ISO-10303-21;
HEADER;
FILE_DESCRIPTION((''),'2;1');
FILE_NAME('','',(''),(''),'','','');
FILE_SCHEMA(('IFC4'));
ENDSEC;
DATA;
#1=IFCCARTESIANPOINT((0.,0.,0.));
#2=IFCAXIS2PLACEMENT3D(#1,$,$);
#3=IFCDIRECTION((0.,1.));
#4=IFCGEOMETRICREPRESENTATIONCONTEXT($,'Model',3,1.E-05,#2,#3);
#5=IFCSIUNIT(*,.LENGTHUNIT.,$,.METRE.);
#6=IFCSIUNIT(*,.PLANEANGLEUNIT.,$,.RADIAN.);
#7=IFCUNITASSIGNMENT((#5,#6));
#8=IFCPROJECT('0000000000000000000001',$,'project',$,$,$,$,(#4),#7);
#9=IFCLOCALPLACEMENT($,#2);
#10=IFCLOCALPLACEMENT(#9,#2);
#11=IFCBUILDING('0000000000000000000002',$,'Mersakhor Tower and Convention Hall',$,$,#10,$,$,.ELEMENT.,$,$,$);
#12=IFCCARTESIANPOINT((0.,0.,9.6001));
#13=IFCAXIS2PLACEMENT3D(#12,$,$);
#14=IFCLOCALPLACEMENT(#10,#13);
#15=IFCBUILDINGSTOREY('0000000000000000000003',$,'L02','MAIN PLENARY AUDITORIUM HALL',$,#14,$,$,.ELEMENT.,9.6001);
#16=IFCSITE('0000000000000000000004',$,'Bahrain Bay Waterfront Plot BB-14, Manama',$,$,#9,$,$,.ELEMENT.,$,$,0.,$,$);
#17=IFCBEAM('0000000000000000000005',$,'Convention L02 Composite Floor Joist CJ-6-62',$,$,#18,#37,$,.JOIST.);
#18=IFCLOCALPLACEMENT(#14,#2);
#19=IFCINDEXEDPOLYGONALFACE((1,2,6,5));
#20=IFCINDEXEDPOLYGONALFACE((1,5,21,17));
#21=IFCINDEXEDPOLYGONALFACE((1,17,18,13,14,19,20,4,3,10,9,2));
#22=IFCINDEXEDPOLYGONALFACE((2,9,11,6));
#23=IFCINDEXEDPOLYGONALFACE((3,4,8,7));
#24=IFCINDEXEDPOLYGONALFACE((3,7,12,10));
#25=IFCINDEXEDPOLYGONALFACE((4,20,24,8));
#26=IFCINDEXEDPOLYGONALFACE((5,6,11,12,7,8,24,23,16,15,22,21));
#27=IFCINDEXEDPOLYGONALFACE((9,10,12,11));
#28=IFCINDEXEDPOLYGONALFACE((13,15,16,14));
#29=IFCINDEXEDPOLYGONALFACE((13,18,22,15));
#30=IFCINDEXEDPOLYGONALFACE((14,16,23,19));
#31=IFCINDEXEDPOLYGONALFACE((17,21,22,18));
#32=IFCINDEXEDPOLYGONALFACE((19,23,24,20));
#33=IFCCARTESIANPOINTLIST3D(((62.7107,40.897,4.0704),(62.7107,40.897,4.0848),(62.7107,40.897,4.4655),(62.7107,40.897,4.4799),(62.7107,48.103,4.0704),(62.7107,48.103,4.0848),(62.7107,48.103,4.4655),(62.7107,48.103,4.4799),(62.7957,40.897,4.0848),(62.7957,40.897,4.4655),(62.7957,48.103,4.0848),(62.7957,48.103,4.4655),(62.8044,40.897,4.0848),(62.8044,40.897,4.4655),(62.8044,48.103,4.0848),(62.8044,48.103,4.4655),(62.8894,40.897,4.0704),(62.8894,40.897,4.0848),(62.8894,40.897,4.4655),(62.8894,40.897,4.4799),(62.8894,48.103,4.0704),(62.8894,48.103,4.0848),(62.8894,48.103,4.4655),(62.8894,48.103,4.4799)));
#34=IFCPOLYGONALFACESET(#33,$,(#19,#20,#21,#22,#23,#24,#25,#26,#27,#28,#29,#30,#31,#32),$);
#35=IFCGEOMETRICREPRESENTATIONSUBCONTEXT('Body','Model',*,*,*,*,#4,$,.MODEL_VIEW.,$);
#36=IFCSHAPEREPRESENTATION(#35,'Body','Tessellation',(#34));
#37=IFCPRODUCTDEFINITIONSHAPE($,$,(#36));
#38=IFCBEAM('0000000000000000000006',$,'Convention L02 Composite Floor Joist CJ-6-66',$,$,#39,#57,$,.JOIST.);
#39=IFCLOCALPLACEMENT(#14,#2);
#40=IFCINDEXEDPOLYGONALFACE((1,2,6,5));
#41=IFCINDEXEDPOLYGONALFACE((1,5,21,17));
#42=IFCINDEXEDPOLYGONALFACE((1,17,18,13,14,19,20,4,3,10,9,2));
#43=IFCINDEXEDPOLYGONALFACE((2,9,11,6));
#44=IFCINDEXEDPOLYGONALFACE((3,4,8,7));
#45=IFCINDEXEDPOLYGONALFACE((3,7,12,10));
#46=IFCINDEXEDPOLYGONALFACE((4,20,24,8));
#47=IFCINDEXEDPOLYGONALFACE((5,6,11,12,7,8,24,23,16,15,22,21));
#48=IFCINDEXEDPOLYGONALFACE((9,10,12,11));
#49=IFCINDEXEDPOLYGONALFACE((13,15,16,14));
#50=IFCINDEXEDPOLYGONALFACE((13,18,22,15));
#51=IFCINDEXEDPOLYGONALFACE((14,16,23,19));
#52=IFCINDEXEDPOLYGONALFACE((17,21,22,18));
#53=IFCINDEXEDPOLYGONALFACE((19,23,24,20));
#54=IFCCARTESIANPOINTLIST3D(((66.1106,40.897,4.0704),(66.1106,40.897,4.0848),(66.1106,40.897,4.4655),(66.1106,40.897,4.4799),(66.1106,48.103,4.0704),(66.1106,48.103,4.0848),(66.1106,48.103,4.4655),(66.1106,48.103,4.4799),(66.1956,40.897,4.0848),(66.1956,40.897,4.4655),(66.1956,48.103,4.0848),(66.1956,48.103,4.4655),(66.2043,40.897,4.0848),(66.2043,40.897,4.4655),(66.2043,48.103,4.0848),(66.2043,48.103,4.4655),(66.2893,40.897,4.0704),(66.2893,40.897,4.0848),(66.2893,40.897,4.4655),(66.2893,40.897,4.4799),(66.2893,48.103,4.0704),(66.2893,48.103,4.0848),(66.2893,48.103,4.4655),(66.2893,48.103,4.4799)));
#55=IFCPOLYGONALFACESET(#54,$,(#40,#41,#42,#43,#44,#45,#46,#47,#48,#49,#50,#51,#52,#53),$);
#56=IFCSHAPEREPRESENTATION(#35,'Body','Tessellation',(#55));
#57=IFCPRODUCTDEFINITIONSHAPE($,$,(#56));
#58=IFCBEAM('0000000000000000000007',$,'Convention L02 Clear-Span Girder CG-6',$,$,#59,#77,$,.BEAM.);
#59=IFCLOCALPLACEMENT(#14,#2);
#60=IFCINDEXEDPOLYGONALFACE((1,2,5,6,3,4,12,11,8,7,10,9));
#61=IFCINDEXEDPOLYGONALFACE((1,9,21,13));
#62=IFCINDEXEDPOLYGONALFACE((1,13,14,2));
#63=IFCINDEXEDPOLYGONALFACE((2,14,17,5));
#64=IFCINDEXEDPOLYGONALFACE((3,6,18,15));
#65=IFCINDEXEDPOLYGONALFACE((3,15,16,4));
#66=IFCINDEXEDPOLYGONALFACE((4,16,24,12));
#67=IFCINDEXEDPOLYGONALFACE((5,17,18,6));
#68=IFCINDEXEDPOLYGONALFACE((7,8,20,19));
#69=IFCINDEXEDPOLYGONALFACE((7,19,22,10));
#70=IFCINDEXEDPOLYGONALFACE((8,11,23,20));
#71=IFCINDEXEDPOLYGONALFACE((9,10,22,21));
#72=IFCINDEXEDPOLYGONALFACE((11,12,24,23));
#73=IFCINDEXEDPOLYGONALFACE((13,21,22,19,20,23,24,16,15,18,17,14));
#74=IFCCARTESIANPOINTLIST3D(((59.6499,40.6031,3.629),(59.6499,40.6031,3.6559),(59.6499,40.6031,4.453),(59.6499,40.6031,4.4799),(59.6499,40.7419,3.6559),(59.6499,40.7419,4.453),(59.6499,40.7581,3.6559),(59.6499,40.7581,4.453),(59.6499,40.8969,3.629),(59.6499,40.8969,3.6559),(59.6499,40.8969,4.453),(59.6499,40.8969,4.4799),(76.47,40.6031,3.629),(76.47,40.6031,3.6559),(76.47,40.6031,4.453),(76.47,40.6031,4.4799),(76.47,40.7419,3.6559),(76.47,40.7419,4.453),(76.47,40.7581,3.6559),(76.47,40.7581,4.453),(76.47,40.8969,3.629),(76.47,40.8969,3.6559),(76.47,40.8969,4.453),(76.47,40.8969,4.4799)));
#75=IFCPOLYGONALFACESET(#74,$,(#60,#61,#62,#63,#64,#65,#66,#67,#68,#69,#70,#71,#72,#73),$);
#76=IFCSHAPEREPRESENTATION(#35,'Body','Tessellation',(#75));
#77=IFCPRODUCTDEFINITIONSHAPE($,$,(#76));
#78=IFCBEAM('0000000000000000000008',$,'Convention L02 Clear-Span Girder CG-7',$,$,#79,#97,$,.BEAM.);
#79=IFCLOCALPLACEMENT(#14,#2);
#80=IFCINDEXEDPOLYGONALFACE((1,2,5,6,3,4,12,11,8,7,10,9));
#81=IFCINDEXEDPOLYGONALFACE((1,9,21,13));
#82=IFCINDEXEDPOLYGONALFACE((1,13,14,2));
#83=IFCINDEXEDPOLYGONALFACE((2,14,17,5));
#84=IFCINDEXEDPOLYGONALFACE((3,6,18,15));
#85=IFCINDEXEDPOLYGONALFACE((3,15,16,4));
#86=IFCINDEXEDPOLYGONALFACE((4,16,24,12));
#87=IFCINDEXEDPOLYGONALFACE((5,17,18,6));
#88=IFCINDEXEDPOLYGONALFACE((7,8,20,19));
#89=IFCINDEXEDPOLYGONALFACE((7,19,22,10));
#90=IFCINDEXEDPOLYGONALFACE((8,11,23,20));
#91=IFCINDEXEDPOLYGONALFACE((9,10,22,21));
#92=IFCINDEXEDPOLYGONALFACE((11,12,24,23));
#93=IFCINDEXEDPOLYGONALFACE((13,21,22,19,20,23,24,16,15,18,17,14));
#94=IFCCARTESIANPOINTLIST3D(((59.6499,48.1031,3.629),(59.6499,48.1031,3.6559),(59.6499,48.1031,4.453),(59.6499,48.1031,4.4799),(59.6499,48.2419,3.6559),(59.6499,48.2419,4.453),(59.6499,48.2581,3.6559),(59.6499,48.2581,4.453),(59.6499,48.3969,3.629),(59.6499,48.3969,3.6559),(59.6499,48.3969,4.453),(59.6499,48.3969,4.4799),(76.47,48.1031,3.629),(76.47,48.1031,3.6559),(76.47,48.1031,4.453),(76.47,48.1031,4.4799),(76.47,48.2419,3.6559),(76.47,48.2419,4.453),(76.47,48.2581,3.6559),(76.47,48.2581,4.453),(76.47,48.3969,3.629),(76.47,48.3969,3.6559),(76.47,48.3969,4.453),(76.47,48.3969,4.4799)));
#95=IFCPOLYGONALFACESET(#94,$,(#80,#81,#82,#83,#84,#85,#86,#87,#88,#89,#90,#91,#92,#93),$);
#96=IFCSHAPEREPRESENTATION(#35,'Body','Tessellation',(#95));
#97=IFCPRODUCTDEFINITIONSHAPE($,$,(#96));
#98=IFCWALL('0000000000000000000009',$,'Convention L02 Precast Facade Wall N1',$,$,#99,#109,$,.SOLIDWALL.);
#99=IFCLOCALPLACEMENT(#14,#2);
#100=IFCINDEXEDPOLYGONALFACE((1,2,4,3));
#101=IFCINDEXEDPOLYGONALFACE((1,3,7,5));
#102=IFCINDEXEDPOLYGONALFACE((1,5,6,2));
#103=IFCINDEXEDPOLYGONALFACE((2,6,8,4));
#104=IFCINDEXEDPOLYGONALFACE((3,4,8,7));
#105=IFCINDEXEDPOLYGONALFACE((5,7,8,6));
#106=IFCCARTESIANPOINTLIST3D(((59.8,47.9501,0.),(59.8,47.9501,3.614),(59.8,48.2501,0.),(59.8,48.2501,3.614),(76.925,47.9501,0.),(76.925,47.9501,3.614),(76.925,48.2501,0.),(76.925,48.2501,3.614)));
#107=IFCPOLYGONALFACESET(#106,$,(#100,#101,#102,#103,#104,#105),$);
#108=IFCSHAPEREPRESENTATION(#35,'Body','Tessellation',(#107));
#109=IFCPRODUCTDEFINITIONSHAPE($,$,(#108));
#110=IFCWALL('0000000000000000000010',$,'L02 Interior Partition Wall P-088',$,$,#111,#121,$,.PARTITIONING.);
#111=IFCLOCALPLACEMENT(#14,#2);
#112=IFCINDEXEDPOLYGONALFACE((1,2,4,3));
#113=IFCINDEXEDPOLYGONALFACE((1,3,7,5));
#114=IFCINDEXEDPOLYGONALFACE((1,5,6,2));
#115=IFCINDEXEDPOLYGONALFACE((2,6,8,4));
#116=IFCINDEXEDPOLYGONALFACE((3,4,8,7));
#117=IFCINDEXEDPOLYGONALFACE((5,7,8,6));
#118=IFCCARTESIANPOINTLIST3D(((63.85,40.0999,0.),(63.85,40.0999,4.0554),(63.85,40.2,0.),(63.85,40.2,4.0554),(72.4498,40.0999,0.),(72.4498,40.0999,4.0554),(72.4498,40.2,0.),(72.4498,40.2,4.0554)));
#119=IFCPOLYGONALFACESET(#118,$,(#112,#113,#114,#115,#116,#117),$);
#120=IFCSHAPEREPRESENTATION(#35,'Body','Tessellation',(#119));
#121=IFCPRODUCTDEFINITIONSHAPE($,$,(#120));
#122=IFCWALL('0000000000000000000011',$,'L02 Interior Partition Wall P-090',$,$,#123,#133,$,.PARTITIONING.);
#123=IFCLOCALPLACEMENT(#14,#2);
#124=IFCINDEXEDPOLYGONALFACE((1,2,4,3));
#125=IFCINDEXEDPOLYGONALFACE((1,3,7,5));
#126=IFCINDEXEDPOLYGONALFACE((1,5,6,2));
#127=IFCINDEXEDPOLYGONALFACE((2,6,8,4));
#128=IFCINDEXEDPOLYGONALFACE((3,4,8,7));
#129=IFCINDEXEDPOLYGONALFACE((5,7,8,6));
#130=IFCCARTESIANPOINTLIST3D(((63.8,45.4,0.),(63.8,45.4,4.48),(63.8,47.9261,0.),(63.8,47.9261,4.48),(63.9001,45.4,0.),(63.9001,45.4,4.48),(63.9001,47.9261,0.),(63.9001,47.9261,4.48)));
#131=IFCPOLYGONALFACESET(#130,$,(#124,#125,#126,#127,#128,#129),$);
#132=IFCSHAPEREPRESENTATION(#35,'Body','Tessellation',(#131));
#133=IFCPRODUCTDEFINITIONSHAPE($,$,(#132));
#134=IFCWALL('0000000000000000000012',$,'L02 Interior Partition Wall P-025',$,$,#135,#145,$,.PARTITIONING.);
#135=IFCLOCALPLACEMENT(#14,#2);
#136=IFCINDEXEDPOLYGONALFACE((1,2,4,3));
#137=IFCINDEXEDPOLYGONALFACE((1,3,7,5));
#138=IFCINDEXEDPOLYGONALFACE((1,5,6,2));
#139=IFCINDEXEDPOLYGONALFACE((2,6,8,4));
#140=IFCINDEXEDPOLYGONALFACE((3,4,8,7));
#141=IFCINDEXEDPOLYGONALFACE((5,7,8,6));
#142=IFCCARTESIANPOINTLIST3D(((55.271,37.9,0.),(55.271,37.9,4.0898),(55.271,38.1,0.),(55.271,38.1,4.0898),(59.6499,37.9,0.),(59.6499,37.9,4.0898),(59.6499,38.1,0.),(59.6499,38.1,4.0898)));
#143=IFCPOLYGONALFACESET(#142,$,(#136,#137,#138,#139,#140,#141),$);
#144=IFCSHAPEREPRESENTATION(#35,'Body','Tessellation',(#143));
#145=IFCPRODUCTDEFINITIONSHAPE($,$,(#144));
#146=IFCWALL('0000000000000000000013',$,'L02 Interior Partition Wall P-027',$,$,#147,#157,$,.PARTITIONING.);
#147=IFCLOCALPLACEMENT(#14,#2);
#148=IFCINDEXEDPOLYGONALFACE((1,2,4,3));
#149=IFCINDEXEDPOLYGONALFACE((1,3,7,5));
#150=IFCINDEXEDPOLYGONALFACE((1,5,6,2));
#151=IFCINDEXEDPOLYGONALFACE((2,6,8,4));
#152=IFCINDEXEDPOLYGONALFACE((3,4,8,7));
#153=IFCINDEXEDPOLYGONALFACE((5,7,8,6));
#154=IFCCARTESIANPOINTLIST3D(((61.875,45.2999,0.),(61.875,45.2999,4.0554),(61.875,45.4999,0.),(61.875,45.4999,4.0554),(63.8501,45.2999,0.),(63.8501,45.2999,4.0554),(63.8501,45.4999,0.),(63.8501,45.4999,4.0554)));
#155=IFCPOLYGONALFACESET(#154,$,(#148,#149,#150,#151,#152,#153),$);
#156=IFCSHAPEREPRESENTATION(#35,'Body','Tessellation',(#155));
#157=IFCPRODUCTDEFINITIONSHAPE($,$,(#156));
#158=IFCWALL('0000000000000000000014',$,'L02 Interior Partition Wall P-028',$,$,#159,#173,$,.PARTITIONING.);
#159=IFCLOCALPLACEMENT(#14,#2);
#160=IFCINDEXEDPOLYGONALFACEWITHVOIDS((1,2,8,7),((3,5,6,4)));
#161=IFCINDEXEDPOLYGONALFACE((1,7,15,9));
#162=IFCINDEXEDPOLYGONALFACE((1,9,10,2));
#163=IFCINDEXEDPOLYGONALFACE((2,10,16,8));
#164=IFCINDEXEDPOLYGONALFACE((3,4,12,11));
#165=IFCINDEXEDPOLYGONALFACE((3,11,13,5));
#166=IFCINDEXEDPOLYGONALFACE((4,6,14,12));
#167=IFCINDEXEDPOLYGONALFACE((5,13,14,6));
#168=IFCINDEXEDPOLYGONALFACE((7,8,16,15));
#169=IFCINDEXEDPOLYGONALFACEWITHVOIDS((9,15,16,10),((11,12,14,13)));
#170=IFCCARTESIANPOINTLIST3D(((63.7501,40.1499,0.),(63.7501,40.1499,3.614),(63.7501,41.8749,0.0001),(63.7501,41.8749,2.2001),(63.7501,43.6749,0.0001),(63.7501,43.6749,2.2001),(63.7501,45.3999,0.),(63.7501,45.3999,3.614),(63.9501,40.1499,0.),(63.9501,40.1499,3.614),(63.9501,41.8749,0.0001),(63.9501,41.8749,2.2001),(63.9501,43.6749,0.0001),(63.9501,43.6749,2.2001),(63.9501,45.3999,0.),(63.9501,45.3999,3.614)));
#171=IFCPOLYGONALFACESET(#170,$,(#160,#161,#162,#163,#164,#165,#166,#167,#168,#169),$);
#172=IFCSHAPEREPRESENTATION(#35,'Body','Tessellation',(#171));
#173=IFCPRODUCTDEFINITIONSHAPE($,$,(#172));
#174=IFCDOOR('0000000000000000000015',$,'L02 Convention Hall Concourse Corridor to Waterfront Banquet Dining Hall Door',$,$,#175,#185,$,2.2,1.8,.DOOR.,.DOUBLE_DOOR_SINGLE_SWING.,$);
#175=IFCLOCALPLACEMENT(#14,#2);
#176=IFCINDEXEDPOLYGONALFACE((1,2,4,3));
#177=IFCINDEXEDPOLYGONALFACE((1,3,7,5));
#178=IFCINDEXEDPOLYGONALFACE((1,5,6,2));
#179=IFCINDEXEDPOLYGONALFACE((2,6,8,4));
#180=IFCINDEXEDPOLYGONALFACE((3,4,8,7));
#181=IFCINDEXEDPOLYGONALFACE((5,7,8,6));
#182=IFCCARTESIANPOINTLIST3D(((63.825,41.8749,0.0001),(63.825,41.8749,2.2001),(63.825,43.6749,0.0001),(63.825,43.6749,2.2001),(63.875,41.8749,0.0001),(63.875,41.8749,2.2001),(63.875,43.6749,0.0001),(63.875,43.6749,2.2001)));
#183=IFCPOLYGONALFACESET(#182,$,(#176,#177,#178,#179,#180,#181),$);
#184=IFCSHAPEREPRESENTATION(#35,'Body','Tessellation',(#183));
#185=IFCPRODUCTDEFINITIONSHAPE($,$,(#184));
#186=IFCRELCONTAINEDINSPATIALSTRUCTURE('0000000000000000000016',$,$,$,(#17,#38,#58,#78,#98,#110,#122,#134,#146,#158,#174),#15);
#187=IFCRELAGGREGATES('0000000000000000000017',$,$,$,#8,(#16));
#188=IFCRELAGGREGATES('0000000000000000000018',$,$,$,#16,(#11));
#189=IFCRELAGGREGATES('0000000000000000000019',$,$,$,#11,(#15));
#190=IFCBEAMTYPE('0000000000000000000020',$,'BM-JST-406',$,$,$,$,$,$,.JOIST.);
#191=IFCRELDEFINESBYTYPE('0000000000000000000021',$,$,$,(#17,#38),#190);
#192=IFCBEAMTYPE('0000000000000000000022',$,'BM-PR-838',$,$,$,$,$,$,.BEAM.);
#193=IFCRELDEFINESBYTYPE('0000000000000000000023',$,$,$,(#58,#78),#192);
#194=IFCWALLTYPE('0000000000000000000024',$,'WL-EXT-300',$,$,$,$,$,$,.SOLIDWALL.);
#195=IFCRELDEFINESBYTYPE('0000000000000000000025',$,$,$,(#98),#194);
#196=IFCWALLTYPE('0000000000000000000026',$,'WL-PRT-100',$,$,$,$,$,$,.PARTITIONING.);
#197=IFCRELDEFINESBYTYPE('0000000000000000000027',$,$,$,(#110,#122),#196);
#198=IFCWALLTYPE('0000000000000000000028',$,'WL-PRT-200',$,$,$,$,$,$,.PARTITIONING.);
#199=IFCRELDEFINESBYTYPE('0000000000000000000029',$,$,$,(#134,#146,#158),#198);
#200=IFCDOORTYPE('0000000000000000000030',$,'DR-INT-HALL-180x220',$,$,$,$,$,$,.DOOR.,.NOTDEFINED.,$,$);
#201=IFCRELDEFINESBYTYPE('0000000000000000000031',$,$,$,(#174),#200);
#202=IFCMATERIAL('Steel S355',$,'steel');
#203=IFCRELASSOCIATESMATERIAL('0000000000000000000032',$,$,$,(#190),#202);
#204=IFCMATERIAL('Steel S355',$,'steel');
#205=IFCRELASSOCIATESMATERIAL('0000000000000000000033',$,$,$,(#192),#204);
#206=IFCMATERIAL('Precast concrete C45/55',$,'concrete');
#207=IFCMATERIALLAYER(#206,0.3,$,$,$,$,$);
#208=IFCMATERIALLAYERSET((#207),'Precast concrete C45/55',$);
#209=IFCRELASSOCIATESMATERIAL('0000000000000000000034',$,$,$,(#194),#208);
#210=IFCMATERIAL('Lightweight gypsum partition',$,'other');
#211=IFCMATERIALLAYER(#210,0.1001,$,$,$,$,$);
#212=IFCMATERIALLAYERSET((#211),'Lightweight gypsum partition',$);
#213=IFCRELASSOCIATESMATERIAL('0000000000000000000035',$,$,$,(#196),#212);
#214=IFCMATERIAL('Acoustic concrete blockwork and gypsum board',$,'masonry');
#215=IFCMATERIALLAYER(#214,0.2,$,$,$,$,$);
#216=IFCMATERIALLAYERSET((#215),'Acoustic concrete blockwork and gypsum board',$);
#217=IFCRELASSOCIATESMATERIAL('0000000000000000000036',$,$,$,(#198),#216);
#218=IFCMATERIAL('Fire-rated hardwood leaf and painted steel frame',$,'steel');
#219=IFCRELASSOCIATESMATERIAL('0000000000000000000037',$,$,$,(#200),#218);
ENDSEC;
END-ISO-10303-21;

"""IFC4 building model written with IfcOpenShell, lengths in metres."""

from ifc_helpers import new_model, si_unit, direction, frame, frame_2d, origin, origin_2d, place, context, subcontext, project, spatial, rectangle, i_section, extrude, material, layer, layer_set, material_profile, profile_set, type_object, element, fill, save


model = new_model("IFC4")

# Units and contexts
model_context = context("Model", 3, precision=1e-05, world=origin(), true_north=direction((0.0, 1.0)))
body_context = subcontext(model_context, "Body", "Model", "MODEL_VIEW")
ifc_project = project(units=[si_unit("LENGTHUNIT", "METRE"), si_unit("PLANEANGLEUNIT", "RADIAN")], contexts=[model_context])

# Site, building, storey
site_placement = place(None, origin())
site = spatial("IfcSite", under=ifc_project, at=site_placement, Name="Bahrain Bay Waterfront Plot BB-14, Manama", CompositionType="ELEMENT", RefElevation=0.0)
building_placement = place(site_placement, origin())
building = spatial("IfcBuilding", under=site, at=building_placement, Name="Mersakhor Tower and Convention Hall", CompositionType="ELEMENT")
storey_placement = place(building_placement, frame((0.0, 0.0, 9.6001)))
storey = spatial("IfcBuildingStorey", under=building, at=storey_placement, Name="L02", Description="MAIN PLENARY AUDITORIUM HALL", CompositionType="ELEMENT", Elevation=9.6001)

# Beams
ifc_material_1 = material(Name="Steel S355", Category="steel")
ifc_material_profile_1 = material_profile(ifc_material_1, i_section(OverallWidth=0.1787, OverallDepth=0.4094, WebThickness=0.0088, FlangeThickness=0.0144, at=origin_2d()), Name="UB 406x178x67")
ifc_profile_set_1 = profile_set([ifc_material_profile_1], Name="Steel S355")
beam_type_1 = type_object("IfcBeamType", Name="BM-JST-406", PredefinedType="JOIST", material=ifc_profile_set_1)
for number, where, z_axis, x_axis, name in (
    (1, (62.8, 40.897, 4.2751), (0.0, 1.0, 0.0), (-1.0, 0.0, 0.0), "Convention L02 Composite Floor Joist CJ-6-62"),
    (2, (66.2, 40.897, 4.2751), (0.0, 1.0, 0.0), (-1.0, 0.0, 0.0), "Convention L02 Composite Floor Joist CJ-6-66"),
):
    element("IfcBeam", number, at=place(storey_placement, frame(where, z_axis=z_axis, x_axis=x_axis)), inside=storey, type_object=beam_type_1, Name=name, PredefinedType="JOIST", context=body_context, shape_type="SweptSolid", body=[
        extrude(i_section(OverallWidth=0.1787, OverallDepth=0.4094, WebThickness=0.0088, FlangeThickness=0.0144, at=origin_2d()), origin(), (0.0, 0.0, 1.0), 7.2061),
    ])
ifc_material_2 = material(Name="Steel S355", Category="steel")
ifc_material_profile_2 = material_profile(ifc_material_2, i_section(OverallWidth=0.2937, OverallDepth=0.8508, WebThickness=0.0161, FlangeThickness=0.0269, at=origin_2d()), Name="UB 838x292x226")
ifc_profile_set_2 = profile_set([ifc_material_profile_2], Name="Steel S355")
beam_type_2 = type_object("IfcBeamType", Name="BM-PR-838", PredefinedType="BEAM", material=ifc_profile_set_2)
for number, where, z_axis, x_axis, name in (
    (3, (59.6499, 40.75, 4.0544), (1.0, 0.0, 0.0), (0.0, 1.0, 0.0), "Convention L02 Clear-Span Girder CG-6"),
    (4, (59.6499, 48.25, 4.0544), (1.0, 0.0, 0.0), (0.0, 1.0, 0.0), "Convention L02 Clear-Span Girder CG-7"),
):
    element("IfcBeam", number, at=place(storey_placement, frame(where, z_axis=z_axis, x_axis=x_axis)), inside=storey, type_object=beam_type_2, Name=name, PredefinedType="BEAM", context=body_context, shape_type="SweptSolid", body=[
        extrude(i_section(OverallWidth=0.2937, OverallDepth=0.8508, WebThickness=0.0161, FlangeThickness=0.0269, at=origin_2d()), origin(), (0.0, 0.0, 1.0), 16.8201),
    ])

# Walls
ifc_material_3 = material(Name="Precast concrete C45/55", Category="concrete")
ifc_layer_1 = layer(ifc_material_3, 0.3)
ifc_layer_set_1 = layer_set([ifc_layer_1], Name="Precast concrete C45/55")
wall_type_1 = type_object("IfcWallType", Name="WL-EXT-300", PredefinedType="SOLIDWALL", material=ifc_layer_set_1)
wall_1_placement = place(storey_placement, frame((59.8, 48.1001, 0.0), z_axis=(0.0, 0.0, 1.0), x_axis=(1.0, 0.0, 0.0)))
element("IfcWall", 5, at=wall_1_placement, inside=storey, type_object=wall_type_1, Name="Convention L02 Precast Facade Wall N1", PredefinedType="SOLIDWALL", context=body_context, shape_type="SweptSolid", body=[
    extrude(rectangle(XDim=17.125, YDim=0.3, at=frame_2d((8.5625, 0.0))), origin(), (0.0, 0.0, 1.0), 3.614),
])
ifc_material_4 = material(Name="Lightweight gypsum partition", Category="other")
ifc_layer_2 = layer(ifc_material_4, 0.1001)
ifc_layer_set_2 = layer_set([ifc_layer_2], Name="Lightweight gypsum partition")
wall_type_2 = type_object("IfcWallType", Name="WL-PRT-100", PredefinedType="PARTITIONING", material=ifc_layer_set_2)
wall_2_placement = place(storey_placement, frame((63.8501, 40.1499, 0.0), z_axis=(0.0, 0.0, 1.0), x_axis=(1.0, 0.0, 0.0)))
element("IfcWall", 6, at=wall_2_placement, inside=storey, type_object=wall_type_2, Name="L02 Interior Partition Wall P-088", PredefinedType="PARTITIONING", context=body_context, shape_type="SweptSolid", body=[
    extrude(rectangle(XDim=8.5999, YDim=0.1001, at=frame_2d((4.2998, 0.0))), origin(), (0.0, 0.0, 1.0), 4.0554),
])
wall_3_placement = place(storey_placement, frame((63.8501, 45.3999, 0.0), z_axis=(0.0, 0.0, 1.0), x_axis=(0.0, 1.0, 0.0)))
element("IfcWall", 7, at=wall_3_placement, inside=storey, type_object=wall_type_2, Name="L02 Interior Partition Wall P-090", PredefinedType="PARTITIONING", context=body_context, shape_type="SweptSolid", body=[
    extrude(rectangle(XDim=2.5261, YDim=0.1001, at=frame_2d((1.2632, 0.0))), origin(), (0.0, 0.0, 1.0), 4.48),
])
ifc_material_5 = material(Name="Acoustic concrete blockwork and gypsum board", Category="masonry")
ifc_layer_3 = layer(ifc_material_5, 0.2)
ifc_layer_set_3 = layer_set([ifc_layer_3], Name="Acoustic concrete blockwork and gypsum board")
wall_type_3 = type_object("IfcWallType", Name="WL-PRT-200", PredefinedType="PARTITIONING", material=ifc_layer_set_3)
wall_4_placement = place(storey_placement, frame((59.6499, 38.0, 0.0), z_axis=(0.0, 0.0, 1.0), x_axis=(-1.0, 0.0, 0.0)))
element("IfcWall", 8, at=wall_4_placement, inside=storey, type_object=wall_type_3, Name="L02 Interior Partition Wall P-025", PredefinedType="PARTITIONING", context=body_context, shape_type="SweptSolid", body=[
    extrude(rectangle(XDim=4.3789, YDim=0.2, at=frame_2d((2.1895, 0.0))), origin(), (0.0, 0.0, 1.0), 4.0898),
])
wall_5_placement = place(storey_placement, frame((61.875, 45.3999, 0.0), z_axis=(0.0, 0.0, 1.0), x_axis=(1.0, 0.0, 0.0)))
element("IfcWall", 9, at=wall_5_placement, inside=storey, type_object=wall_type_3, Name="L02 Interior Partition Wall P-027", PredefinedType="PARTITIONING", context=body_context, shape_type="SweptSolid", body=[
    extrude(rectangle(XDim=1.9751, YDim=0.2, at=frame_2d((0.9875, 0.0))), origin(), (0.0, 0.0, 1.0), 4.0554),
])

# Wall, opening, door
wall_6_placement = place(storey_placement, frame((63.8501, 45.3999, 0.0), z_axis=(0.0, 0.0, 1.0), x_axis=(0.0, -1.0, 0.0)))
wall_6 = element("IfcWall", 10, at=wall_6_placement, inside=storey, type_object=wall_type_3, Name="L02 Interior Partition Wall P-028", PredefinedType="PARTITIONING", context=body_context, shape_type="SweptSolid", body=[
    extrude(rectangle(XDim=5.25, YDim=0.2, at=frame_2d((2.625, 0.0))), origin(), (0.0, 0.0, 1.0), 3.614),
])
opening_1_placement = place(wall_6_placement, frame((1.7251, 0.0, 0.0)))
opening_1 = element("IfcOpeningElement", 11, at=opening_1_placement, cuts=wall_6, PredefinedType="OPENING", context=body_context, shape_type="SweptSolid", body=[
    extrude(rectangle(XDim=1.8, YDim=2.2, at=frame_2d((0.8999, 1.1001))), frame((0.0, 0.1099, 0.0), z_axis=(0.0, -1.0, 0.0), x_axis=(1.0, 0.0, 0.0)), (0.0, 0.0, 1.0), 0.22),
])
ifc_material_6 = material(Name="Fire-rated hardwood leaf and painted steel frame", Category="steel")
door_type_1 = type_object("IfcDoorType", Name="DR-INT-HALL-180x220", OperationType="NOTDEFINED", PredefinedType="DOOR", material=ifc_material_6)
door_1_placement = place(opening_1_placement, origin())
door_1 = element("IfcDoor", 12, at=door_1_placement, inside=storey, type_object=door_type_1, Name="L02 Convention Hall Concourse Corridor to Waterfront Banquet Dining Hall Door", OperationType="DOUBLE_DOOR_SINGLE_SWING", OverallHeight=2.2, OverallWidth=1.8, PredefinedType="DOOR", context=body_context, shape_type="SweptSolid", body=[
    extrude(rectangle(XDim=1.8, YDim=2.2, at=frame_2d((0.8999, 1.1001))), frame((0.0, 0.0249, 0.0), z_axis=(0.0, -1.0, 0.0), x_axis=(1.0, 0.0, 0.0)), (0.0, 0.0, 1.0), 0.05),
])
fill(opening_1, door_1)

save(model, "model.ifc")
